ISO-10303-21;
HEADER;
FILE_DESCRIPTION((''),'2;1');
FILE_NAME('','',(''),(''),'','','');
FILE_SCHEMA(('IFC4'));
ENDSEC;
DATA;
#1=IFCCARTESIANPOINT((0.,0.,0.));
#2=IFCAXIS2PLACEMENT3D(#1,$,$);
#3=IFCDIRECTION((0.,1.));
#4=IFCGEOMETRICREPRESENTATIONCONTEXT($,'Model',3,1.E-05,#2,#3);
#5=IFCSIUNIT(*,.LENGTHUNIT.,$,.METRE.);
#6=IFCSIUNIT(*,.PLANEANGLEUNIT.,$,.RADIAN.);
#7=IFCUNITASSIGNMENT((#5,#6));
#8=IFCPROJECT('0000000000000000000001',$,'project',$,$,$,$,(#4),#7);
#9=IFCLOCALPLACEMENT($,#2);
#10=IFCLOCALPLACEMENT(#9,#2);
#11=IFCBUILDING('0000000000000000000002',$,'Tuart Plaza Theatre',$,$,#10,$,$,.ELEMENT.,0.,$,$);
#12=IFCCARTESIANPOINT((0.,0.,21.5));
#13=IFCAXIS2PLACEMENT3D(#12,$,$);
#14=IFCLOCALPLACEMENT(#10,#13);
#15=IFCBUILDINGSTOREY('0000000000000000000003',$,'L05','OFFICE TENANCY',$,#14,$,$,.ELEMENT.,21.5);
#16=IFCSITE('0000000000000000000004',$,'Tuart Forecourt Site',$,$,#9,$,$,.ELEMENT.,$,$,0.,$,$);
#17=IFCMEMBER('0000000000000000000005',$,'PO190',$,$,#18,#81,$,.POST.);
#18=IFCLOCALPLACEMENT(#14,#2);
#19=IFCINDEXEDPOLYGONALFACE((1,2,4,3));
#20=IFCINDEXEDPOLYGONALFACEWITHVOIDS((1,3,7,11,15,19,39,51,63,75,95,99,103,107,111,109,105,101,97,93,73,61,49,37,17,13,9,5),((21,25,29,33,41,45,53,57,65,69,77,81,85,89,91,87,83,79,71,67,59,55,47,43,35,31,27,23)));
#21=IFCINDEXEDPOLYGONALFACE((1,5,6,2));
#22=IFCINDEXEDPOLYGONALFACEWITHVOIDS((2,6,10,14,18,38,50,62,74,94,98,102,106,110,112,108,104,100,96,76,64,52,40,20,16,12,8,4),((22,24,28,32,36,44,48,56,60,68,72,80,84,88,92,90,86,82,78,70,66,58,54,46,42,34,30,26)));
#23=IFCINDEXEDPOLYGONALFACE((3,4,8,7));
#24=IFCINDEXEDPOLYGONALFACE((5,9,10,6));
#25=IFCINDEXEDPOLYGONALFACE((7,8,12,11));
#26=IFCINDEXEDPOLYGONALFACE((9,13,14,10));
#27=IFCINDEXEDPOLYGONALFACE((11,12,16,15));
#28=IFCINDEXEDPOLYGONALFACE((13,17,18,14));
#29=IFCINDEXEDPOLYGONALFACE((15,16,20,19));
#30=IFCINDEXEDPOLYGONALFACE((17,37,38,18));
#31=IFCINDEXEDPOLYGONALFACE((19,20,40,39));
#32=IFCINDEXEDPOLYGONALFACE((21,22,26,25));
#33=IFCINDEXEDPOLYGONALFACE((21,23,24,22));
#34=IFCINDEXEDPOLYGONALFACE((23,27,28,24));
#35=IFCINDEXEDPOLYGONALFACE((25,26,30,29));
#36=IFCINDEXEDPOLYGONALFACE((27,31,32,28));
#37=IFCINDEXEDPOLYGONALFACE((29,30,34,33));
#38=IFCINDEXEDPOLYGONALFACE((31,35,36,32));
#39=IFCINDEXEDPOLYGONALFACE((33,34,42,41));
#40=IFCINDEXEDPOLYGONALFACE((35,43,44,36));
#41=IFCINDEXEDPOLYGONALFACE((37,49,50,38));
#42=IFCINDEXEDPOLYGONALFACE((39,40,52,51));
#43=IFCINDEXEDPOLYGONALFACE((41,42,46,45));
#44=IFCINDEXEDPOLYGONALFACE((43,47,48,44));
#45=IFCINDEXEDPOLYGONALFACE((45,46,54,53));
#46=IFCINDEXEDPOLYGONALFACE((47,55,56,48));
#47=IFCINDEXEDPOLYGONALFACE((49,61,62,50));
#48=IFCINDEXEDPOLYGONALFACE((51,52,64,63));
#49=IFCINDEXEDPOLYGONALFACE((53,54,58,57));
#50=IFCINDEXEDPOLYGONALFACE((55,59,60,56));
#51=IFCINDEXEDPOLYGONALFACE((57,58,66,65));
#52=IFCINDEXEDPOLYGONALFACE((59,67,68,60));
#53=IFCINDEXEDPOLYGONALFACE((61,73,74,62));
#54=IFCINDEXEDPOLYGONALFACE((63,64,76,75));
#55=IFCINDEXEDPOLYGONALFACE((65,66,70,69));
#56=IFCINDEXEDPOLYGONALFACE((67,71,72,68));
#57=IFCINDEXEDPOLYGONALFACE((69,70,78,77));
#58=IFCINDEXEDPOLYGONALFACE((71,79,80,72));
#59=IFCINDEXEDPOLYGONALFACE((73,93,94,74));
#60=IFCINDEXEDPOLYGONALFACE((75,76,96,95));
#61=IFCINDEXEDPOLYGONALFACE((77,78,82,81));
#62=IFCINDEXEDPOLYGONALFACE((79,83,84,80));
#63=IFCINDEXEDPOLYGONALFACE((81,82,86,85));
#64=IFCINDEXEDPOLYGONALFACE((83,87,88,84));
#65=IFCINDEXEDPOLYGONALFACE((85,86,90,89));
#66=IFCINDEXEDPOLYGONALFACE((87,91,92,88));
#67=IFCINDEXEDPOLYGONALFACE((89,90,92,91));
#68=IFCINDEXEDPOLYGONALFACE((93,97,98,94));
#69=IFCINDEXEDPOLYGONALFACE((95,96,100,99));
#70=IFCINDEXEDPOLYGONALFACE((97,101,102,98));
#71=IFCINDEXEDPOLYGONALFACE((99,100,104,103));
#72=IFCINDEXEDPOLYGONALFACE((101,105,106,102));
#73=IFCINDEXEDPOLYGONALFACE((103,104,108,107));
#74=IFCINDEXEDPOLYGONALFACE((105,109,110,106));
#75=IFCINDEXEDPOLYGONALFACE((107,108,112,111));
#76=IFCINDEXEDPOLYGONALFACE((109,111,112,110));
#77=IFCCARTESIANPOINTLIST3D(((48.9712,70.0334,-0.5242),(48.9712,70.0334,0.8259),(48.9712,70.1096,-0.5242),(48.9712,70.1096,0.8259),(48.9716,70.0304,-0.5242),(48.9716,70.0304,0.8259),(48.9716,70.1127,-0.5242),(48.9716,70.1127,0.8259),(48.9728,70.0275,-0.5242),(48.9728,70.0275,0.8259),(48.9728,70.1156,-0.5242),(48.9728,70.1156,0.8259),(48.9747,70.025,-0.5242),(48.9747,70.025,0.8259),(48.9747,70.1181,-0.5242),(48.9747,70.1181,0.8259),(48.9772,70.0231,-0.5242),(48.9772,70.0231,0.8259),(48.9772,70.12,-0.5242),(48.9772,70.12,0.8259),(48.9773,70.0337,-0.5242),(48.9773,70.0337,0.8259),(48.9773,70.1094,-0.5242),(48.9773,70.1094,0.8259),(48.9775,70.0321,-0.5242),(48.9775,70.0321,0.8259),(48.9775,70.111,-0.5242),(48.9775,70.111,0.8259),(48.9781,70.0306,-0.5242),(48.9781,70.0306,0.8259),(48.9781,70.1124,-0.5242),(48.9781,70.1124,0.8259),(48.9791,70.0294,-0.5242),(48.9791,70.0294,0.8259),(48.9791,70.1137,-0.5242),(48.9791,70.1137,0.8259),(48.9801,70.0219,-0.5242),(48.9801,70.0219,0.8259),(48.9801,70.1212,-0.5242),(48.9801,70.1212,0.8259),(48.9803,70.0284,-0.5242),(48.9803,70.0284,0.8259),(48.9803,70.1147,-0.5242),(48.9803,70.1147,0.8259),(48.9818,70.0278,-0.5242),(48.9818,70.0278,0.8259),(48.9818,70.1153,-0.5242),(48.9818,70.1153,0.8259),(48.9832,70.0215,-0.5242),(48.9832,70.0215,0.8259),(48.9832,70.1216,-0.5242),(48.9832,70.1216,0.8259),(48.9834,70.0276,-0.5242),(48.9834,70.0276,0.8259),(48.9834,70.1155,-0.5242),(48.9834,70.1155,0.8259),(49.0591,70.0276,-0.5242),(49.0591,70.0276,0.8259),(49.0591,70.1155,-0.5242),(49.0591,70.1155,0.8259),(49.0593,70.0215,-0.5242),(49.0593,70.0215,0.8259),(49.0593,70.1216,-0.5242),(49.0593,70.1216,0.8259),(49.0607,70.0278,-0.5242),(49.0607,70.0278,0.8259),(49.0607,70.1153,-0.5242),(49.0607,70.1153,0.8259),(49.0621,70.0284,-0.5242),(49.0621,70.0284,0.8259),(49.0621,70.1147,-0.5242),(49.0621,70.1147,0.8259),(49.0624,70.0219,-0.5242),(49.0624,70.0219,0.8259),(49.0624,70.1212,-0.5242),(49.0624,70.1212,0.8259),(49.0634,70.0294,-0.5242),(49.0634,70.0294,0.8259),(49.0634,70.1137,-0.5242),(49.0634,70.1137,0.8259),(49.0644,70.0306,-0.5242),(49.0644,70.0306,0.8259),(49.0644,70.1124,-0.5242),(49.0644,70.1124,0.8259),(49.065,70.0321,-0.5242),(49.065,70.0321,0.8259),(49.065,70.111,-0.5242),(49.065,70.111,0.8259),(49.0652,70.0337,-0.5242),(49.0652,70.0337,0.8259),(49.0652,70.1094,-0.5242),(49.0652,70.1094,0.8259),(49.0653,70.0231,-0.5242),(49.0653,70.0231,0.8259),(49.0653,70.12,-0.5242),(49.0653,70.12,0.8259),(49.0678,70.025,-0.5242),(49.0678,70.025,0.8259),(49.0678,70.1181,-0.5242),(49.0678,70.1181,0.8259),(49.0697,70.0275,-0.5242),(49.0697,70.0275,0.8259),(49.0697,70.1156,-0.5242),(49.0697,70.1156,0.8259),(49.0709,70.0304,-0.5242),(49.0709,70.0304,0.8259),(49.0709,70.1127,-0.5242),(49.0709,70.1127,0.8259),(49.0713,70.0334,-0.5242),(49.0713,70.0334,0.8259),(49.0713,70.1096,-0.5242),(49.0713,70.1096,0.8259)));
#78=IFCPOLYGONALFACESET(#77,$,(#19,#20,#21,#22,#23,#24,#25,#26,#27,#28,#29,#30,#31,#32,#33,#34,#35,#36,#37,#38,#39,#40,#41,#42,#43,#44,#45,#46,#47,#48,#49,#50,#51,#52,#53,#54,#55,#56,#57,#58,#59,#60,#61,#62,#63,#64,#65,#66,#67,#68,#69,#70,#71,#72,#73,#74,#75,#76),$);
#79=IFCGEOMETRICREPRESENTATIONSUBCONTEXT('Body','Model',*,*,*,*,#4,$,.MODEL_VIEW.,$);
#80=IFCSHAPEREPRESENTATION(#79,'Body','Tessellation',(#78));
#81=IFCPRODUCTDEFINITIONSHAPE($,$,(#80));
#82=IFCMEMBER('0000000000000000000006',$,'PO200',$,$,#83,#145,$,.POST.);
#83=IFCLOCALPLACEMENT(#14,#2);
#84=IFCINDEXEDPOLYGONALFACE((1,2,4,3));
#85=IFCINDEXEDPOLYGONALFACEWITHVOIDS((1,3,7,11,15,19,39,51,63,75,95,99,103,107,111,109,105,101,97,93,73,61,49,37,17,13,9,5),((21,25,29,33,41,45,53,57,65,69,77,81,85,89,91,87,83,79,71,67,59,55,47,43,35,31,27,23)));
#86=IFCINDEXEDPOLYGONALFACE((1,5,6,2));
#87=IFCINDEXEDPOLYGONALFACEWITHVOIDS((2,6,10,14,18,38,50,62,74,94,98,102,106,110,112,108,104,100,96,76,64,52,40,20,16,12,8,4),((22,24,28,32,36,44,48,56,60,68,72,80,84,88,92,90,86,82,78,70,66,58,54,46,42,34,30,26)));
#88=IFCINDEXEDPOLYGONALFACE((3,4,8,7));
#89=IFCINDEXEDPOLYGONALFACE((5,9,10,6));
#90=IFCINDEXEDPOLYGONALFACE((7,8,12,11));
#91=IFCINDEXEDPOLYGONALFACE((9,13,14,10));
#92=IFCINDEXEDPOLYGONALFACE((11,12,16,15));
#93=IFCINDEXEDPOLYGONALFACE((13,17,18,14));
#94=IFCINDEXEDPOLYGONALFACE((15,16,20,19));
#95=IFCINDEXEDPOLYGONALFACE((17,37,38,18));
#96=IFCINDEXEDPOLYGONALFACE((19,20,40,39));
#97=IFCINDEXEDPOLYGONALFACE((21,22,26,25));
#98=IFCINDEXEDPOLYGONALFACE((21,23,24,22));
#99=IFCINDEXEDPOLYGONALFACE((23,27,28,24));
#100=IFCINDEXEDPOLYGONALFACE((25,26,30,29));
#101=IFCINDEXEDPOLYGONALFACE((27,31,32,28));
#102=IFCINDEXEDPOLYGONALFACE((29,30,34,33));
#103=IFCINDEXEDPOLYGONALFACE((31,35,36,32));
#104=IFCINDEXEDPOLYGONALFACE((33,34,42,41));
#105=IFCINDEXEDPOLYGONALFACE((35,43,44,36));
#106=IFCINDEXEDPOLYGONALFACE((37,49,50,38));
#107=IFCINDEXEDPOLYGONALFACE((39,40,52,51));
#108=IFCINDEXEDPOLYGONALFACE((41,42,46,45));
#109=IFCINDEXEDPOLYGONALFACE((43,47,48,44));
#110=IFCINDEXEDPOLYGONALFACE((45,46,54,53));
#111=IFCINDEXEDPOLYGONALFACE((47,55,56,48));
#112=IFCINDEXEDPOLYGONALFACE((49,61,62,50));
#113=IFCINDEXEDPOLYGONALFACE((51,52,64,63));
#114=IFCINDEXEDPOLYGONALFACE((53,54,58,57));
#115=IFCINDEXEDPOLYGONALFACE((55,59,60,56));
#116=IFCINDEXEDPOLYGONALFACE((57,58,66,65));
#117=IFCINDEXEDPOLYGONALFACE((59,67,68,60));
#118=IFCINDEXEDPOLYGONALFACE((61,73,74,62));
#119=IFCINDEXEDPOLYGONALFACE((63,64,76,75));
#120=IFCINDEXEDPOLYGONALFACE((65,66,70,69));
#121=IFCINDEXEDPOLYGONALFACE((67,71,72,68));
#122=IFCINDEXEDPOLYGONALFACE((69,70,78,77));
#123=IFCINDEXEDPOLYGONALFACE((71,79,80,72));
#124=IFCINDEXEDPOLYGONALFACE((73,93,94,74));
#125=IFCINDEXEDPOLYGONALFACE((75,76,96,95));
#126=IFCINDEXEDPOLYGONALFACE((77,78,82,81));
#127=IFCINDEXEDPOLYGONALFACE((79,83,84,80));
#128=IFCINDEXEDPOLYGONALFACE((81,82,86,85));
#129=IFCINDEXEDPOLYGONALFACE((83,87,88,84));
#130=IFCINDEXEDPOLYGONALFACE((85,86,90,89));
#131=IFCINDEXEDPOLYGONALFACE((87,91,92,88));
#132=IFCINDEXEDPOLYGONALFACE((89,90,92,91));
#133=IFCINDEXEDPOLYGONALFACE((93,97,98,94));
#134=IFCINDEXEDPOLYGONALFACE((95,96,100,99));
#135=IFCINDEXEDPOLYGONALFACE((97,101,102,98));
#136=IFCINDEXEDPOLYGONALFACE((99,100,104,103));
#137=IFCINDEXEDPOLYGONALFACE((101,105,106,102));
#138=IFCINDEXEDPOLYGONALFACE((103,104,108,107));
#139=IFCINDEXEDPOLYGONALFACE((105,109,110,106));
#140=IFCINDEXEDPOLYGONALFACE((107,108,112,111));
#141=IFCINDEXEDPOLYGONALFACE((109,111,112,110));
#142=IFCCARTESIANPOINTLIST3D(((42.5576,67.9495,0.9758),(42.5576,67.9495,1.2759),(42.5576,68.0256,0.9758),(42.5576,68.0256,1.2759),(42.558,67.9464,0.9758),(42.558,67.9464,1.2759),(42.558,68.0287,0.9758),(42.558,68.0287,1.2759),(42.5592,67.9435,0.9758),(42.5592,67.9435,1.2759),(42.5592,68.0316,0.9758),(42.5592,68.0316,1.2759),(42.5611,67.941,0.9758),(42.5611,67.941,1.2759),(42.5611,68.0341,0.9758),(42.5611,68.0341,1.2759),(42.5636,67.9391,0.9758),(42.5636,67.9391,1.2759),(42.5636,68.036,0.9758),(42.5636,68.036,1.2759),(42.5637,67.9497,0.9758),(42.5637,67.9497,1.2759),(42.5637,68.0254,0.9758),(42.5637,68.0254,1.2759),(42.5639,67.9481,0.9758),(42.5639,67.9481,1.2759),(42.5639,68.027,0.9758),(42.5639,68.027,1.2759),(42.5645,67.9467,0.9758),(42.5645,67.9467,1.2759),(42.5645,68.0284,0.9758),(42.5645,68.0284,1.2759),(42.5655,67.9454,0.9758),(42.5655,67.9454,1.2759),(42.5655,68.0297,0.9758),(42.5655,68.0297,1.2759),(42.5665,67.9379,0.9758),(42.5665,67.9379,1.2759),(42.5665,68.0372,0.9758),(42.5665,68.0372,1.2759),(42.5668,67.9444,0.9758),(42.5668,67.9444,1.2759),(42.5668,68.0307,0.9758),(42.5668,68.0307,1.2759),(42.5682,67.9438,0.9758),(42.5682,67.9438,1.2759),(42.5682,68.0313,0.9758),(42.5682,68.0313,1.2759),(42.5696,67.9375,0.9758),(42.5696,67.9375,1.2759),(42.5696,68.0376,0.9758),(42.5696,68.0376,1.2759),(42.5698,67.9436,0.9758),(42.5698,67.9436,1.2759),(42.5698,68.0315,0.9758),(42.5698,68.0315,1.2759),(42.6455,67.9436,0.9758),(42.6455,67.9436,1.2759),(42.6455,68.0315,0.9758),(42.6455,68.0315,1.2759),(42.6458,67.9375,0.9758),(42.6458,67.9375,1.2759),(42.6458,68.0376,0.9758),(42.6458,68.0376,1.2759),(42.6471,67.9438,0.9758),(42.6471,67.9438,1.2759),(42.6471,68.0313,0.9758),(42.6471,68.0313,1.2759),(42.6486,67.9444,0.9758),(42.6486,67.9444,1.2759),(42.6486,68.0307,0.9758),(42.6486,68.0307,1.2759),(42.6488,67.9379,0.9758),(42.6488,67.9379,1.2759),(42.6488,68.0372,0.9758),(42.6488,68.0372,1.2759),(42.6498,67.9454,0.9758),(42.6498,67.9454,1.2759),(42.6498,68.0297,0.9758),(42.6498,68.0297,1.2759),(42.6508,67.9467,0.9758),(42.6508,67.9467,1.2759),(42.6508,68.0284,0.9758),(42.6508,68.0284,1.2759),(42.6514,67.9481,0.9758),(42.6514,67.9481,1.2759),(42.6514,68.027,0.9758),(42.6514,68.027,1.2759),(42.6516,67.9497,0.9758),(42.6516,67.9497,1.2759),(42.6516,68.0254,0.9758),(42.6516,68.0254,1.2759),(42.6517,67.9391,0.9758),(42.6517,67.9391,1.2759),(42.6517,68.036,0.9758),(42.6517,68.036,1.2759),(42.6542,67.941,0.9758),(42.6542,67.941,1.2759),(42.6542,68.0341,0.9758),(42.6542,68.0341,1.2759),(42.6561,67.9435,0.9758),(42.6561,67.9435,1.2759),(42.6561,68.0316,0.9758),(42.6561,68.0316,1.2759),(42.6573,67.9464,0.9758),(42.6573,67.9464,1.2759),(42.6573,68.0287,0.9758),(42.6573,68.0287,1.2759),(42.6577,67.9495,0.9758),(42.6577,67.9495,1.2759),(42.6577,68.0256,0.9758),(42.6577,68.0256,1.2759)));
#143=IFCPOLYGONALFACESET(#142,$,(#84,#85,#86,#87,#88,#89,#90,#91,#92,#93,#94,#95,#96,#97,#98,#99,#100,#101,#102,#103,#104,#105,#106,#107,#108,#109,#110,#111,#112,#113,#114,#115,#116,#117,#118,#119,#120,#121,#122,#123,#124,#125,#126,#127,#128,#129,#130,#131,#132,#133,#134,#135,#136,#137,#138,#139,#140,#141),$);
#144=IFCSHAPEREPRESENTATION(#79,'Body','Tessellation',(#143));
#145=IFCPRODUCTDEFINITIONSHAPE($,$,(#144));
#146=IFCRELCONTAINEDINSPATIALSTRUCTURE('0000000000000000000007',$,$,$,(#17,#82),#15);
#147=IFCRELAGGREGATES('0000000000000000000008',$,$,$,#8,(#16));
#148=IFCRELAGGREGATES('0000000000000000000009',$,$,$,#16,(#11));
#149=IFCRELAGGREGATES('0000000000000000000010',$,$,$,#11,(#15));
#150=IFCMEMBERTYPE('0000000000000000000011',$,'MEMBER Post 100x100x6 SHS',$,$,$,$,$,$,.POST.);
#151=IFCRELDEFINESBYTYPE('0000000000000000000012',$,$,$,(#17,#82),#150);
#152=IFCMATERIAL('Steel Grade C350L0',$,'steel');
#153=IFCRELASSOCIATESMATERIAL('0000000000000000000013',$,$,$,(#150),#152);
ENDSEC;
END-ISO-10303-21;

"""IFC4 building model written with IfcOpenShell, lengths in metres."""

from ifc_helpers import new_model, si_unit, direction, frame, origin, origin_2d, place, context, subcontext, project, spatial, hollow_rectangle, extrude, material, material_profile, profile_set, type_object, element, save


model = new_model("IFC4")

# Units and contexts
model_context = context("Model", 3, precision=1e-05, world=origin(), true_north=direction((0.0, 1.0)))
body_context = subcontext(model_context, "Body", "Model", "MODEL_VIEW")
ifc_project = project(units=[si_unit("LENGTHUNIT", "METRE"), si_unit("PLANEANGLEUNIT", "RADIAN")], contexts=[model_context])

# Site, building, storey
site_placement = place(None, origin())
site = spatial("IfcSite", under=ifc_project, at=site_placement, Name="Tuart Forecourt Site", CompositionType="ELEMENT", RefElevation=0.0)
building_placement = place(site_placement, origin())
building = spatial("IfcBuilding", under=site, at=building_placement, Name="Tuart Plaza Theatre", CompositionType="ELEMENT", ElevationOfRefHeight=0.0)
storey_placement = place(building_placement, frame((0.0, 0.0, 21.5)))
storey = spatial("IfcBuildingStorey", under=building, at=storey_placement, Name="L05", Description="OFFICE TENANCY", CompositionType="ELEMENT", Elevation=21.5)

# Members
ifc_material_1 = material(Name="Steel Grade C350L0", Category="steel")
ifc_material_profile_1 = material_profile(ifc_material_1, hollow_rectangle(XDim=0.1001, YDim=0.1001, WallThickness=0.0061, InnerFilletRadius=0.0061, OuterFilletRadius=0.012, at=origin_2d()), Name="100x100x6 SHS")
ifc_profile_set_1 = profile_set([ifc_material_profile_1], Name="Steel Grade C350L0")
member_type_1 = type_object("IfcMemberType", Name="MEMBER Post 100x100x6 SHS", PredefinedType="POST", material=ifc_profile_set_1)
for number, where, z_axis, x_axis, name in (
    (1, (49.0212, 70.0715, -0.5242), (0.0, 0.0, 1.0), (1.0, 0.0, 0.0), "PO190"),
):
    element("IfcMember", number, at=place(storey_placement, frame(where, z_axis=z_axis, x_axis=x_axis)), inside=storey, type_object=member_type_1, Name=name, PredefinedType="POST", context=body_context, shape_type="SweptSolid", body=[
        extrude(hollow_rectangle(XDim=0.1001, YDim=0.1001, WallThickness=0.0061, InnerFilletRadius=0.0061, OuterFilletRadius=0.012, at=origin_2d()), origin(), (0.0, 0.0, 1.0), 1.3501),
    ])
for number, where, z_axis, x_axis, name in (
    (2, (42.6077, 67.9875, 0.9758), (0.0, 0.0, 1.0), (1.0, 0.0, 0.0), "PO200"),
):
    element("IfcMember", number, at=place(storey_placement, frame(where, z_axis=z_axis, x_axis=x_axis)), inside=storey, type_object=member_type_1, Name=name, PredefinedType="POST", context=body_context, shape_type="SweptSolid", body=[
        extrude(hollow_rectangle(XDim=0.1001, YDim=0.1001, WallThickness=0.0061, InnerFilletRadius=0.0061, OuterFilletRadius=0.012, at=origin_2d()), origin(), (0.0, 0.0, 1.0), 0.3),
    ])

save(model, "model.ifc")
